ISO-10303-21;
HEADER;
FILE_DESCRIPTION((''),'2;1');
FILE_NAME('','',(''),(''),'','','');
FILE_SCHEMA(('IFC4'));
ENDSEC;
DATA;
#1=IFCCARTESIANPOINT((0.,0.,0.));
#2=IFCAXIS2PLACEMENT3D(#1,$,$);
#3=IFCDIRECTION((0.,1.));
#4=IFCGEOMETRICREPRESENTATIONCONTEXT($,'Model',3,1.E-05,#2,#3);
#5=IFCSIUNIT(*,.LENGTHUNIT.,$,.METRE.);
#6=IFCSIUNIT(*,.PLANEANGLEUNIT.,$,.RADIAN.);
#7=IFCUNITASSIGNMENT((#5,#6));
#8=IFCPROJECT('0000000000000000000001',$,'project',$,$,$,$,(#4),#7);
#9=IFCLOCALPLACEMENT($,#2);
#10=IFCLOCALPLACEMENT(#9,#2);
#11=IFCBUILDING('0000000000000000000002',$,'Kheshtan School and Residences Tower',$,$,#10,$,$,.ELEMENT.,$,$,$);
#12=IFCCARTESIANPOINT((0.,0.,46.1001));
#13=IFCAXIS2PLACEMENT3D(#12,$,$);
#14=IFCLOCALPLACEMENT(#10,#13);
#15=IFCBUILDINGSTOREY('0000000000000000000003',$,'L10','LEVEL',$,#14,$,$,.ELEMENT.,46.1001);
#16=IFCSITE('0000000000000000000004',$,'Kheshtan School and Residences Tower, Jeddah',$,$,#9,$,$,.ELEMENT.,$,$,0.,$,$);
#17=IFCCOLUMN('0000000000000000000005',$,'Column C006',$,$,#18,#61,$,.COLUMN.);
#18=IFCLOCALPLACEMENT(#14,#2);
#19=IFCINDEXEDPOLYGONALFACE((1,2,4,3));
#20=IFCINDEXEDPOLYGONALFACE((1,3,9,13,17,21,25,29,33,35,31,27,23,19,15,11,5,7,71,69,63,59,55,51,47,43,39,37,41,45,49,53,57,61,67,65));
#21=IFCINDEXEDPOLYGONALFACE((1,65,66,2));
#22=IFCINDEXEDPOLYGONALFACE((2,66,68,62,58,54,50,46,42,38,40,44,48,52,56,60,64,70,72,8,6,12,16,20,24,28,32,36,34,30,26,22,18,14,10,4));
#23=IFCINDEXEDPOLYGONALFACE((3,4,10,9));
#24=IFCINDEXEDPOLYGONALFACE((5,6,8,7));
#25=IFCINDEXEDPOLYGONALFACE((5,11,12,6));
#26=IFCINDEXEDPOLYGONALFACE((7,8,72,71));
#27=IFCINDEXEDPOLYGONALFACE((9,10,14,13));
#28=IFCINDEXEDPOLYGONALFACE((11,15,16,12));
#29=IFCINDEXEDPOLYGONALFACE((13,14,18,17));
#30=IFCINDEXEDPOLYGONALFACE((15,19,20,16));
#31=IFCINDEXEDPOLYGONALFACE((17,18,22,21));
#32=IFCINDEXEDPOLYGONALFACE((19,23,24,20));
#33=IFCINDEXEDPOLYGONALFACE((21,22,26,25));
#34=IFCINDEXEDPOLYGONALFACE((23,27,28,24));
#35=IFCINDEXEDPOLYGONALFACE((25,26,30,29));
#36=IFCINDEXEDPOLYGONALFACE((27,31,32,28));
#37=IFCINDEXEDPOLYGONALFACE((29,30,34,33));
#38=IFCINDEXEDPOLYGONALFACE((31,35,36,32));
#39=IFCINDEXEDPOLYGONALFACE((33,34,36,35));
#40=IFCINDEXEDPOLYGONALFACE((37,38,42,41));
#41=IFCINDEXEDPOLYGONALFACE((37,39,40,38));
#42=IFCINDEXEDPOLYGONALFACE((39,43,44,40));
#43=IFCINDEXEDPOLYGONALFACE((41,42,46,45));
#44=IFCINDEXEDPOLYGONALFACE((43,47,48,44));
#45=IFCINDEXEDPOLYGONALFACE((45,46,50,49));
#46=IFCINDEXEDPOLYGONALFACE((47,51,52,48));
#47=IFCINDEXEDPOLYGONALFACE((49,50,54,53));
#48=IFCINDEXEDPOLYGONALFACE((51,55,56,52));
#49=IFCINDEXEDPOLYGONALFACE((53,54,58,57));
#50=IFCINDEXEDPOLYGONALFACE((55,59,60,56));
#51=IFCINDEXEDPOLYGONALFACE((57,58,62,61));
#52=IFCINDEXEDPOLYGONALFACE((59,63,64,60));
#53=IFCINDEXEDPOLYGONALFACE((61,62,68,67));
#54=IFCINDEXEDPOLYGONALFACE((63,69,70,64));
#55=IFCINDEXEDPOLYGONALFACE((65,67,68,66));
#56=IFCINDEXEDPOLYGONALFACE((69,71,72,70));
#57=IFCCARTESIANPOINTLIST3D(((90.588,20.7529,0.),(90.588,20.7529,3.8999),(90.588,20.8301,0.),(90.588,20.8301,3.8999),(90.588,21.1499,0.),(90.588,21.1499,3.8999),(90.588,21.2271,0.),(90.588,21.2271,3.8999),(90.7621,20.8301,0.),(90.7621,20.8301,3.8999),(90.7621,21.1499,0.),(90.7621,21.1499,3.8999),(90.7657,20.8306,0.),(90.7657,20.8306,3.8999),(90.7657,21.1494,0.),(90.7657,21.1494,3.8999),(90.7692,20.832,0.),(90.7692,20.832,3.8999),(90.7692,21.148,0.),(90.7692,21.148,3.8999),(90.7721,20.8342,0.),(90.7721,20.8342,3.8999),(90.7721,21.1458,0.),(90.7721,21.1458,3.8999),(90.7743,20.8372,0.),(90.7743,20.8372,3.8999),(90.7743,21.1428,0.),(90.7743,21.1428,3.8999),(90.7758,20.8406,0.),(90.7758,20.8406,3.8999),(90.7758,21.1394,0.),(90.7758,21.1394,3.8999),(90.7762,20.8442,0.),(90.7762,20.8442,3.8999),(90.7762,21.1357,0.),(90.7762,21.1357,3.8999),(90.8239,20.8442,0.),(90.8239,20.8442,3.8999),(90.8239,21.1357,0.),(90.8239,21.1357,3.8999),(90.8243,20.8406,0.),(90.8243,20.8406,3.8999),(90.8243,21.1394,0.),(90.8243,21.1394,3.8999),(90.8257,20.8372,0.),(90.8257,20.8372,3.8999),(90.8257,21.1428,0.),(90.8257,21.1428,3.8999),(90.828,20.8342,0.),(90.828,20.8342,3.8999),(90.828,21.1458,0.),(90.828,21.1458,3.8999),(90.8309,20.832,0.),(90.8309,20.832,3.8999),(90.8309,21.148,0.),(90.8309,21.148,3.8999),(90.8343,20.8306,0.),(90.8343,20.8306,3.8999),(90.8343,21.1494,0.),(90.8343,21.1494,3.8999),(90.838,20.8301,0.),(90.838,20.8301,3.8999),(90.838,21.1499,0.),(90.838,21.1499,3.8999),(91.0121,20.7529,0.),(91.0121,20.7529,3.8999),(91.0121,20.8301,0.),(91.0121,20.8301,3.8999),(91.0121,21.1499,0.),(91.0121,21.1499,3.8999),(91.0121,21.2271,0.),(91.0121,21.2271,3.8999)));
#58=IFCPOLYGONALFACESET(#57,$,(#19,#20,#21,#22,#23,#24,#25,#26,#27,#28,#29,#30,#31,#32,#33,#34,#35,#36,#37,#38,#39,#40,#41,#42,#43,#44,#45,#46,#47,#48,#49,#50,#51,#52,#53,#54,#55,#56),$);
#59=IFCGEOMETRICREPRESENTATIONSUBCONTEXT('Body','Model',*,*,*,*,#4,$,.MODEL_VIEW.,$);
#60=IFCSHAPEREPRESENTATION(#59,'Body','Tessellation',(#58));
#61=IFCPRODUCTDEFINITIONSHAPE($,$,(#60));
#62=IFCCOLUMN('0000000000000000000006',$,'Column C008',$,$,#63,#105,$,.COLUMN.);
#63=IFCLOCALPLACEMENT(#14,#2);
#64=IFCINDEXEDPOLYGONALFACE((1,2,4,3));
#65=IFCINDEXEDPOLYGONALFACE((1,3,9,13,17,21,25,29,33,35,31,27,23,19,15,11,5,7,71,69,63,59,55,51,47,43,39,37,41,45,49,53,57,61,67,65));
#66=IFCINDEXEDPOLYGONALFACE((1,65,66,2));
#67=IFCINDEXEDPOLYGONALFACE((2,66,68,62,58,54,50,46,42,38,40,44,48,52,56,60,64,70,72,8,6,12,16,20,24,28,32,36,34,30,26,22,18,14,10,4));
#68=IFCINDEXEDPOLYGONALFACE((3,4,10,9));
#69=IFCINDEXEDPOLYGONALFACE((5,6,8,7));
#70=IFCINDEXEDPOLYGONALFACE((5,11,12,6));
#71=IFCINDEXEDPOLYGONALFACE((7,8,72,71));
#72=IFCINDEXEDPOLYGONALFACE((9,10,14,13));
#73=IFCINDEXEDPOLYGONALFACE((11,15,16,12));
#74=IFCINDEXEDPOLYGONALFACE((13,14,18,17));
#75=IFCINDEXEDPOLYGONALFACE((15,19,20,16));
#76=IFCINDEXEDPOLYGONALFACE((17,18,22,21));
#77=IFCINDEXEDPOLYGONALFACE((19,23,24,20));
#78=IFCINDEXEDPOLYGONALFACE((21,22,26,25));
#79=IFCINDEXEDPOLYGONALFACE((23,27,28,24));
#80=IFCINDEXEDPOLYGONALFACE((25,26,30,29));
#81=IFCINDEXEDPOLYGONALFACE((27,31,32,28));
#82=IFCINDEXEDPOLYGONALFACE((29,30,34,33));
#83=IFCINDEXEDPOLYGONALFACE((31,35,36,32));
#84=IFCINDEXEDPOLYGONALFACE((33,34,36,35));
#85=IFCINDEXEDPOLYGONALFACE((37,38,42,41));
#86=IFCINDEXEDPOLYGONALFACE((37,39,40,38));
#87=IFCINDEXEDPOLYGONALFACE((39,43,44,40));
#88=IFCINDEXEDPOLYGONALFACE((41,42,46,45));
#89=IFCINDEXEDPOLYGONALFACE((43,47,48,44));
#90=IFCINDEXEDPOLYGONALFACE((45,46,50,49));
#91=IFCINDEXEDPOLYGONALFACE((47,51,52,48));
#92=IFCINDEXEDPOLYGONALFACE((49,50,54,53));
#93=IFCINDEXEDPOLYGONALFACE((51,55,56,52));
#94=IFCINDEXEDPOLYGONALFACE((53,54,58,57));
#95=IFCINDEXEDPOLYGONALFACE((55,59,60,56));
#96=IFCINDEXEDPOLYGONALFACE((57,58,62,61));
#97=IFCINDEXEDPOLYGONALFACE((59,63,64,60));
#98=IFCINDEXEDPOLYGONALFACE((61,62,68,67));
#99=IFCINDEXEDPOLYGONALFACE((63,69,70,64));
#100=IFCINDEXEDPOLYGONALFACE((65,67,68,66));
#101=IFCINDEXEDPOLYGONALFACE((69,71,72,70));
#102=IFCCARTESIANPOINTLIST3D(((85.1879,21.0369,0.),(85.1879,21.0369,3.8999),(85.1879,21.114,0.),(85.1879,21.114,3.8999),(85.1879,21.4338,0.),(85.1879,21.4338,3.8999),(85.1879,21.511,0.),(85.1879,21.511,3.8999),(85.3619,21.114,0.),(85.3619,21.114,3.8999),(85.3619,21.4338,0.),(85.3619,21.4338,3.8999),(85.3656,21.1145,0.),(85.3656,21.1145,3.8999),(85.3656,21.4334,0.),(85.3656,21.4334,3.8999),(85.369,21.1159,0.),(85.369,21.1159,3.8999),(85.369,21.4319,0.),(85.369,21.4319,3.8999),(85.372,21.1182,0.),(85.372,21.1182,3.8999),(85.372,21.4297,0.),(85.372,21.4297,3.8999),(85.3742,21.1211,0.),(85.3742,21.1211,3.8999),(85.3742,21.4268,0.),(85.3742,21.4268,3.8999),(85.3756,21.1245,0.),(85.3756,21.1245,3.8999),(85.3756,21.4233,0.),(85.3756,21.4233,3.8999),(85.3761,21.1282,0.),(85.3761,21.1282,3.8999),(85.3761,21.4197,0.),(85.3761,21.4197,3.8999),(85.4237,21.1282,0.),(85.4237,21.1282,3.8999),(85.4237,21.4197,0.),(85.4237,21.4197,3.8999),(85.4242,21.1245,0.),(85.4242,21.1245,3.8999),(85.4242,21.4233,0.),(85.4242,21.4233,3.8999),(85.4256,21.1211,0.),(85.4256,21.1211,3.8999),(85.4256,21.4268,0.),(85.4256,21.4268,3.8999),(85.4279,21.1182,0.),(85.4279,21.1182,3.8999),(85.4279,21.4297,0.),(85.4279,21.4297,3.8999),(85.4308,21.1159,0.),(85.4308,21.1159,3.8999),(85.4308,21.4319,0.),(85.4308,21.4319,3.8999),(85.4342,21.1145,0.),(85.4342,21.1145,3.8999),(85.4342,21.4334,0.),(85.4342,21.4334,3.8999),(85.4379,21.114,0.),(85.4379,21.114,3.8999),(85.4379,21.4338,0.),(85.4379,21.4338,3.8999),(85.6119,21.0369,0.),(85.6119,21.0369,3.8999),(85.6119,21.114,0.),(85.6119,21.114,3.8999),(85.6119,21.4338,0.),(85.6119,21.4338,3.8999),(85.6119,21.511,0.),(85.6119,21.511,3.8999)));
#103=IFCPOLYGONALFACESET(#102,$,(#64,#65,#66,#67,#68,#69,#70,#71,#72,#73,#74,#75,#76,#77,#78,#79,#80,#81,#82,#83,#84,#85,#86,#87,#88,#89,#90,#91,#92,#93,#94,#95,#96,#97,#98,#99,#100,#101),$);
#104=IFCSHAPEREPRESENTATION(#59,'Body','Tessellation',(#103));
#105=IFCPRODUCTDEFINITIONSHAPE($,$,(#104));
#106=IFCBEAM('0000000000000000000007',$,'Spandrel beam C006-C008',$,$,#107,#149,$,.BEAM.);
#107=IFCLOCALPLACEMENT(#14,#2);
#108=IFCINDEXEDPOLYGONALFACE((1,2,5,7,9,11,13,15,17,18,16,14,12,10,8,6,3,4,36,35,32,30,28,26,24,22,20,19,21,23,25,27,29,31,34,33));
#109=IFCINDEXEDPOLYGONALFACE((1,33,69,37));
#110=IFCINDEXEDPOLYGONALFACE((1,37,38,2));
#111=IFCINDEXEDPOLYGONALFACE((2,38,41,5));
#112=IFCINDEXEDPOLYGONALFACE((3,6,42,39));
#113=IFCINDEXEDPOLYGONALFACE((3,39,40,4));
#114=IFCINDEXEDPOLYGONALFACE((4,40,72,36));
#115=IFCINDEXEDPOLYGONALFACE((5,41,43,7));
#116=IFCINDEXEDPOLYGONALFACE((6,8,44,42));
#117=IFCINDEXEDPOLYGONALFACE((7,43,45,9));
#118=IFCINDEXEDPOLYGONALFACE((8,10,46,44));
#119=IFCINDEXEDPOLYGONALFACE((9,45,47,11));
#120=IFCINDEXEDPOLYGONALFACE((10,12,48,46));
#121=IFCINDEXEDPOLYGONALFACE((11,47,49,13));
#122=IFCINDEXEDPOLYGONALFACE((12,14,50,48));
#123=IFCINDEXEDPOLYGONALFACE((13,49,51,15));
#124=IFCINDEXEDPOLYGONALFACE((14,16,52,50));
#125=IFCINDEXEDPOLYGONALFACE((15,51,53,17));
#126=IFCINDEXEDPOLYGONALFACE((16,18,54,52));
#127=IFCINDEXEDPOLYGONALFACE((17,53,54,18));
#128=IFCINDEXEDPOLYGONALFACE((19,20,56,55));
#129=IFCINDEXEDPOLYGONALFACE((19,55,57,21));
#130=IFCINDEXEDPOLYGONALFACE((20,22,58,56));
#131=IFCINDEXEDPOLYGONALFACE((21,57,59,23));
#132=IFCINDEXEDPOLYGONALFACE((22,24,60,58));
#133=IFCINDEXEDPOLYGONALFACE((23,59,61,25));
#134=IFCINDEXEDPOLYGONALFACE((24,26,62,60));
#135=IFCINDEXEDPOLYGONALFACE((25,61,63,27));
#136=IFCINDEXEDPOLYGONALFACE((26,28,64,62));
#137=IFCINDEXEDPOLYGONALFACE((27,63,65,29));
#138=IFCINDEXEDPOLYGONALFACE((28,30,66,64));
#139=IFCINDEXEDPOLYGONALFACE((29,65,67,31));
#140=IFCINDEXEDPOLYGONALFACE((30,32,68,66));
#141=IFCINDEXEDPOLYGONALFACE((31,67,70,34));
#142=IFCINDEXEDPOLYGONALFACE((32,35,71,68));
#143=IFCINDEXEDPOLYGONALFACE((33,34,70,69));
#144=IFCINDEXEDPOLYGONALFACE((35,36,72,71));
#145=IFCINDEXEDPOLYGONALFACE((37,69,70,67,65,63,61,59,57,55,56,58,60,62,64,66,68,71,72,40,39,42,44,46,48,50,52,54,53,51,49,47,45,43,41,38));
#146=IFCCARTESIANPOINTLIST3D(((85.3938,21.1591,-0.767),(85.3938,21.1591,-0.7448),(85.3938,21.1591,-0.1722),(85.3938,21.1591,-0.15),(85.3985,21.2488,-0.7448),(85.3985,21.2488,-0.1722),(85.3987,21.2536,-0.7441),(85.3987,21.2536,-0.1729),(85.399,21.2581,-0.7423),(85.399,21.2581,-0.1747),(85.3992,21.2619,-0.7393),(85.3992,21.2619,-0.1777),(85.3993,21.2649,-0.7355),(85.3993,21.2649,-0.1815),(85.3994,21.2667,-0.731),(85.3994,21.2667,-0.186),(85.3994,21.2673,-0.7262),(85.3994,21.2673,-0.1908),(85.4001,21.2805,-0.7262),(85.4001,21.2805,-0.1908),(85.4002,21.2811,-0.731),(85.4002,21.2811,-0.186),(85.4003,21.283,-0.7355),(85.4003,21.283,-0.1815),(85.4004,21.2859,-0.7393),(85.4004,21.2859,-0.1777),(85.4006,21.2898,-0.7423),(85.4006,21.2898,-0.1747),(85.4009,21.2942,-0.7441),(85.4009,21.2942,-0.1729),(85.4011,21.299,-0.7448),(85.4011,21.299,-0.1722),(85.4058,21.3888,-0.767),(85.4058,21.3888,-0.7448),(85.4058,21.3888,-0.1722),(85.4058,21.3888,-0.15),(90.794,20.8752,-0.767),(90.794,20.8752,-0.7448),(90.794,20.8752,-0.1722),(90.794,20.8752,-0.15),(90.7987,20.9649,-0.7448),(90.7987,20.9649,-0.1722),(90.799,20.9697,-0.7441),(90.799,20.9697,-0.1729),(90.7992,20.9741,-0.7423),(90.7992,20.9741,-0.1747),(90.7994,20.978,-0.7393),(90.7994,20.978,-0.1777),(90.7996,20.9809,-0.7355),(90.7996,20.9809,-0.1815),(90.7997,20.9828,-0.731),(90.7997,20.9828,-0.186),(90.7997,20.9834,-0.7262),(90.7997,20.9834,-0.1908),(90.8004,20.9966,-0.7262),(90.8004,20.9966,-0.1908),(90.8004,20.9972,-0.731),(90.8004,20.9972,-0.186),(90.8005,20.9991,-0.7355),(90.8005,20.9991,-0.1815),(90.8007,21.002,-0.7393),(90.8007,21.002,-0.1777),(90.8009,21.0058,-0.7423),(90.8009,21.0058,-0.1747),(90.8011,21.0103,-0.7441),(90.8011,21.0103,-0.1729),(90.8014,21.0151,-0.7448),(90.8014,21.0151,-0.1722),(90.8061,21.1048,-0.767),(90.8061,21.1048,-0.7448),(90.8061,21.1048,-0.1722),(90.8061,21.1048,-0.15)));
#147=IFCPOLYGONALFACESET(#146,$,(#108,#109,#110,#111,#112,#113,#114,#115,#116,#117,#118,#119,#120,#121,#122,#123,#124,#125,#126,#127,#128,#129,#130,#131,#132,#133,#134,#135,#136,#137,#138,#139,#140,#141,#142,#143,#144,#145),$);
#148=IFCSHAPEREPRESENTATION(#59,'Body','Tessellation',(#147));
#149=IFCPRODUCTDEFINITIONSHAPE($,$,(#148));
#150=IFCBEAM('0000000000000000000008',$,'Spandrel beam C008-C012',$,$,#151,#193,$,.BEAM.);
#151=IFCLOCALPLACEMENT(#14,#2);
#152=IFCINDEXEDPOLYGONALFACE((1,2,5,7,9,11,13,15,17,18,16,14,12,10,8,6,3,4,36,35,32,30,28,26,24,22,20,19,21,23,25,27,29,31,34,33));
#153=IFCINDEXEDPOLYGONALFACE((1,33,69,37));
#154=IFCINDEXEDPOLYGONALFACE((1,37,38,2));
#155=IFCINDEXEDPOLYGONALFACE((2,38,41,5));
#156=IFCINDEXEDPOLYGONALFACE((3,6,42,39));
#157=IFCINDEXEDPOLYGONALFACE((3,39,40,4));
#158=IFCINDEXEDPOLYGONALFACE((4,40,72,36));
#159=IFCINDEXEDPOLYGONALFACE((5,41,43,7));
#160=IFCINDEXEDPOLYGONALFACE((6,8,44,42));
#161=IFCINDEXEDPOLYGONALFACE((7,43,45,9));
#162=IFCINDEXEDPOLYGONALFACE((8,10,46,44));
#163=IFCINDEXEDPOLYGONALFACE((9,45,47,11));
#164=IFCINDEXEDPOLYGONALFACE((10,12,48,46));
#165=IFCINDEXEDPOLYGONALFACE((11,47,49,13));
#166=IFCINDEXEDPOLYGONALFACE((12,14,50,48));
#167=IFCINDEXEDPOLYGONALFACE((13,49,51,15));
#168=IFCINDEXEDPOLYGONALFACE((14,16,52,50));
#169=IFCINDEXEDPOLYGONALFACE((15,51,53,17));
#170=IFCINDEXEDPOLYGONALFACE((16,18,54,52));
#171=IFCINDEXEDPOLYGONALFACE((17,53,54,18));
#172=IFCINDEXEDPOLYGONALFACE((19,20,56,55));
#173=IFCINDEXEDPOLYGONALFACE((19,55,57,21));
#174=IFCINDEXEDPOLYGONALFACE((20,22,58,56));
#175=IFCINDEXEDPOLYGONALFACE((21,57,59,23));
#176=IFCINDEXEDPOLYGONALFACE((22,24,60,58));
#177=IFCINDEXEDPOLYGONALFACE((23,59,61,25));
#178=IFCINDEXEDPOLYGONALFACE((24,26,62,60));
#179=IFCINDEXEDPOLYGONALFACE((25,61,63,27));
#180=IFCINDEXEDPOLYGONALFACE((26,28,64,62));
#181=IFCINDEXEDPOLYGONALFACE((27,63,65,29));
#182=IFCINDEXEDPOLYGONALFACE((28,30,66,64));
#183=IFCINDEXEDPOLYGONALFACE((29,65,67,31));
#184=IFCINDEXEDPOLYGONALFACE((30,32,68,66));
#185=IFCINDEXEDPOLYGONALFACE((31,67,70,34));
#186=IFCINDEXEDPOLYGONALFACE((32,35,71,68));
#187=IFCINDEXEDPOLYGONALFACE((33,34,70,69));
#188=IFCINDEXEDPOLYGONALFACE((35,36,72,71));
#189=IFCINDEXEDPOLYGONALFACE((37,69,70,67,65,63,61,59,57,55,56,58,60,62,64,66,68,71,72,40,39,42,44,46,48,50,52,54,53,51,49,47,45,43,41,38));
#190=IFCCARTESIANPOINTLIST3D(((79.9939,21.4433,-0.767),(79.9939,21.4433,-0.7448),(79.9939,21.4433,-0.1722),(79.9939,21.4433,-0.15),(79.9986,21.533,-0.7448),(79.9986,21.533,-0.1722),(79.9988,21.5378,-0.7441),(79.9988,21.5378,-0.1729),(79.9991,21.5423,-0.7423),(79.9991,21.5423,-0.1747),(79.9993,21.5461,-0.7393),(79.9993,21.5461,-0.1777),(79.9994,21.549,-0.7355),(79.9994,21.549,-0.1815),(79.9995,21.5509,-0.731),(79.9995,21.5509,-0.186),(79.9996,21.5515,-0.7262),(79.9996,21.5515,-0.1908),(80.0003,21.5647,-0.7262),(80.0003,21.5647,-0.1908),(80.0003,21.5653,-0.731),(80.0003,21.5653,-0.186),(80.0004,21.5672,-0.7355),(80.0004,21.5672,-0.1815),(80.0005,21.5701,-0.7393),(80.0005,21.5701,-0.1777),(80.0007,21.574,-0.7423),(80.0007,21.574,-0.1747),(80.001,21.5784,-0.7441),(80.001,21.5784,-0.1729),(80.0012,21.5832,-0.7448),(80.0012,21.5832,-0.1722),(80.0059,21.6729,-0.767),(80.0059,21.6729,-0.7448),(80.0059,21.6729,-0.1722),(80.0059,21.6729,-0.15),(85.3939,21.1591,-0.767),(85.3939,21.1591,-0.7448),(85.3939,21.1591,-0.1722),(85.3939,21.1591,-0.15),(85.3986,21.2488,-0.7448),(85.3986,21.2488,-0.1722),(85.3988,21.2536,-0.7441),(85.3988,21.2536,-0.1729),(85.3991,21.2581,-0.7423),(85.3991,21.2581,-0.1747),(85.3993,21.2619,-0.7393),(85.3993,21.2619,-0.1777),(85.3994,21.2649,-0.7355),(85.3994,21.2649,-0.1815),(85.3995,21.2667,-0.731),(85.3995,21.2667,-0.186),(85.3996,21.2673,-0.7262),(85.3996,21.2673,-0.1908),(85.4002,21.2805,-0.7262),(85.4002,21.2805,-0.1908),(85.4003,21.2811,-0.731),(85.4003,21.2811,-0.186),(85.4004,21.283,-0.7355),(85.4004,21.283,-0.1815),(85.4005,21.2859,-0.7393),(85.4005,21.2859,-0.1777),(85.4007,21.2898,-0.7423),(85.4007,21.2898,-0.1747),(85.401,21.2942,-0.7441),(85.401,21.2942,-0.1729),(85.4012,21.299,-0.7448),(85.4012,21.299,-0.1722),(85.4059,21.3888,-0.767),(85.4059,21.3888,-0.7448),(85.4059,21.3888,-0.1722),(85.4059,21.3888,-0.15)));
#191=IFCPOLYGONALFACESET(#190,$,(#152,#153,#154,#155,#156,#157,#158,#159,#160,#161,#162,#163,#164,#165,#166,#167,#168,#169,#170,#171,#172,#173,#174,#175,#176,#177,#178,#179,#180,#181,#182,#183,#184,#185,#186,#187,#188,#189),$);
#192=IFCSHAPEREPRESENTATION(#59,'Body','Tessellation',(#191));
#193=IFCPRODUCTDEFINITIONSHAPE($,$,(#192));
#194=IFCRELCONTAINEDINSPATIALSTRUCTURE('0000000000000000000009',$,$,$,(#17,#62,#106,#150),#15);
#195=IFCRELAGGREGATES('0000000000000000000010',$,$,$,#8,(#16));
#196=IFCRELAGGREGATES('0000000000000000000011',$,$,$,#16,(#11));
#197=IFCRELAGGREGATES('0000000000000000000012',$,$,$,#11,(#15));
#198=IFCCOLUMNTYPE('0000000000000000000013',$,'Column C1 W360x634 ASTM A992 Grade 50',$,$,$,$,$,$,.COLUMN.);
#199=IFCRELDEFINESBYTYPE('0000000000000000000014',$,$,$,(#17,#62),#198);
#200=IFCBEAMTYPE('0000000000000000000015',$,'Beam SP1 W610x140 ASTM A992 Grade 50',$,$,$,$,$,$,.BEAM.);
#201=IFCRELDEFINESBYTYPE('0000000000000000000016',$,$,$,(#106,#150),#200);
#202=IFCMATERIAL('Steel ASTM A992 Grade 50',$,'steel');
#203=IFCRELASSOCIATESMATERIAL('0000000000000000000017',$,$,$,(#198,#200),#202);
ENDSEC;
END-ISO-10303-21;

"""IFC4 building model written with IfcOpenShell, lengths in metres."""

from ifc_helpers import new_model, si_unit, direction, frame, origin, origin_2d, place, context, subcontext, project, spatial, i_section, extrude, material, material_profile, profile_set, type_object, element, save


model = new_model("IFC4")

# Units and contexts
model_context = context("Model", 3, precision=1e-05, world=origin(), true_north=direction((0.0, 1.0)))
body_context = subcontext(model_context, "Body", "Model", "MODEL_VIEW")
ifc_project = project(units=[si_unit("LENGTHUNIT", "METRE"), si_unit("PLANEANGLEUNIT", "RADIAN")], contexts=[model_context])

# Site, building, storey
site_placement = place(None, origin())
site = spatial("IfcSite", under=ifc_project, at=site_placement, Name="Kheshtan School and Residences Tower, Jeddah", CompositionType="ELEMENT", RefElevation=0.0)
building_placement = place(site_placement, origin())
building = spatial("IfcBuilding", under=site, at=building_placement, Name="Kheshtan School and Residences Tower", CompositionType="ELEMENT")
storey_placement = place(building_placement, frame((0.0, 0.0, 46.1001)))
storey = spatial("IfcBuildingStorey", under=building, at=storey_placement, Name="L10", Description="LEVEL", CompositionType="ELEMENT", Elevation=46.1001)

# Columns
ifc_material_1 = material(Name="Steel ASTM A992 Grade 50", Category="steel")
ifc_material_profile_1 = material_profile(ifc_material_1, i_section(OverallWidth=0.4241, OverallDepth=0.4741, WebThickness=0.0476, FlangeThickness=0.0771, FilletRadius=0.0142, at=origin_2d()), Name="W360x634")
ifc_profile_set_1 = profile_set([ifc_material_profile_1], Name="Steel ASTM A992 Grade 50")
column_type = type_object("IfcColumnType", Name="Column C1 W360x634 ASTM A992 Grade 50", PredefinedType="COLUMN", material=ifc_profile_set_1)
for number, where, z_axis, x_axis, name in (
    (1, (90.8, 20.99, 0.0), (0.0, 0.0, 1.0), (1.0, 0.0, 0.0), "Column C006"),
    (2, (85.3999, 21.2739, 0.0), (0.0, 0.0, 1.0), (1.0, 0.0, 0.0), "Column C008"),
):
    element("IfcColumn", number, at=place(storey_placement, frame(where, z_axis=z_axis, x_axis=x_axis)), inside=storey, type_object=column_type, Name=name, PredefinedType="COLUMN", context=body_context, shape_type="SweptSolid", body=[
        extrude(i_section(OverallWidth=0.4241, OverallDepth=0.4741, WebThickness=0.0476, FlangeThickness=0.0771, FilletRadius=0.0142, at=origin_2d()), origin(), (0.0, 0.0, 1.0), 3.8999),
    ])

# Beams
ifc_material_profile_2 = material_profile(ifc_material_1, i_section(OverallWidth=0.23, OverallDepth=0.6169, WebThickness=0.0132, FlangeThickness=0.0222, FilletRadius=0.0186, at=origin_2d()), Name="W610x140")
ifc_profile_set_2 = profile_set([ifc_material_profile_2], Name="Steel ASTM A992 Grade 50")
beam_type = type_object("IfcBeamType", Name="Beam SP1 W610x140 ASTM A992 Grade 50", PredefinedType="BEAM", material=ifc_profile_set_2)
beam_1_placement = place(storey_placement, frame((90.8, 20.99, -0.4585), z_axis=(-0.998621, 0.052507, 0.0), x_axis=(-0.052507, -0.998621, 0.0)))
element("IfcBeam", 3, at=beam_1_placement, inside=storey, type_object=beam_type, Name="Spandrel beam C006-C008", PredefinedType="BEAM", context=body_context, shape_type="SweptSolid", body=[
    extrude(i_section(OverallWidth=0.23, OverallDepth=0.6169, WebThickness=0.0132, FlangeThickness=0.0222, FilletRadius=0.0186, at=origin_2d()), origin(), (0.0, 0.0, 1.0), 5.4077),
])
beam_2_placement = place(storey_placement, frame((85.3999, 21.2739, -0.4585), z_axis=(-0.998618, 0.052554, 0.0), x_axis=(-0.052554, -0.998618, 0.0)))
element("IfcBeam", 4, at=beam_2_placement, inside=storey, type_object=beam_type, Name="Spandrel beam C008-C012", PredefinedType="BEAM", context=body_context, shape_type="SweptSolid", body=[
    extrude(i_section(OverallWidth=0.23, OverallDepth=0.6169, WebThickness=0.0132, FlangeThickness=0.0222, FilletRadius=0.0186, at=origin_2d()), origin(), (0.0, 0.0, 1.0), 5.4075),
])

save(model, "model.ifc")
